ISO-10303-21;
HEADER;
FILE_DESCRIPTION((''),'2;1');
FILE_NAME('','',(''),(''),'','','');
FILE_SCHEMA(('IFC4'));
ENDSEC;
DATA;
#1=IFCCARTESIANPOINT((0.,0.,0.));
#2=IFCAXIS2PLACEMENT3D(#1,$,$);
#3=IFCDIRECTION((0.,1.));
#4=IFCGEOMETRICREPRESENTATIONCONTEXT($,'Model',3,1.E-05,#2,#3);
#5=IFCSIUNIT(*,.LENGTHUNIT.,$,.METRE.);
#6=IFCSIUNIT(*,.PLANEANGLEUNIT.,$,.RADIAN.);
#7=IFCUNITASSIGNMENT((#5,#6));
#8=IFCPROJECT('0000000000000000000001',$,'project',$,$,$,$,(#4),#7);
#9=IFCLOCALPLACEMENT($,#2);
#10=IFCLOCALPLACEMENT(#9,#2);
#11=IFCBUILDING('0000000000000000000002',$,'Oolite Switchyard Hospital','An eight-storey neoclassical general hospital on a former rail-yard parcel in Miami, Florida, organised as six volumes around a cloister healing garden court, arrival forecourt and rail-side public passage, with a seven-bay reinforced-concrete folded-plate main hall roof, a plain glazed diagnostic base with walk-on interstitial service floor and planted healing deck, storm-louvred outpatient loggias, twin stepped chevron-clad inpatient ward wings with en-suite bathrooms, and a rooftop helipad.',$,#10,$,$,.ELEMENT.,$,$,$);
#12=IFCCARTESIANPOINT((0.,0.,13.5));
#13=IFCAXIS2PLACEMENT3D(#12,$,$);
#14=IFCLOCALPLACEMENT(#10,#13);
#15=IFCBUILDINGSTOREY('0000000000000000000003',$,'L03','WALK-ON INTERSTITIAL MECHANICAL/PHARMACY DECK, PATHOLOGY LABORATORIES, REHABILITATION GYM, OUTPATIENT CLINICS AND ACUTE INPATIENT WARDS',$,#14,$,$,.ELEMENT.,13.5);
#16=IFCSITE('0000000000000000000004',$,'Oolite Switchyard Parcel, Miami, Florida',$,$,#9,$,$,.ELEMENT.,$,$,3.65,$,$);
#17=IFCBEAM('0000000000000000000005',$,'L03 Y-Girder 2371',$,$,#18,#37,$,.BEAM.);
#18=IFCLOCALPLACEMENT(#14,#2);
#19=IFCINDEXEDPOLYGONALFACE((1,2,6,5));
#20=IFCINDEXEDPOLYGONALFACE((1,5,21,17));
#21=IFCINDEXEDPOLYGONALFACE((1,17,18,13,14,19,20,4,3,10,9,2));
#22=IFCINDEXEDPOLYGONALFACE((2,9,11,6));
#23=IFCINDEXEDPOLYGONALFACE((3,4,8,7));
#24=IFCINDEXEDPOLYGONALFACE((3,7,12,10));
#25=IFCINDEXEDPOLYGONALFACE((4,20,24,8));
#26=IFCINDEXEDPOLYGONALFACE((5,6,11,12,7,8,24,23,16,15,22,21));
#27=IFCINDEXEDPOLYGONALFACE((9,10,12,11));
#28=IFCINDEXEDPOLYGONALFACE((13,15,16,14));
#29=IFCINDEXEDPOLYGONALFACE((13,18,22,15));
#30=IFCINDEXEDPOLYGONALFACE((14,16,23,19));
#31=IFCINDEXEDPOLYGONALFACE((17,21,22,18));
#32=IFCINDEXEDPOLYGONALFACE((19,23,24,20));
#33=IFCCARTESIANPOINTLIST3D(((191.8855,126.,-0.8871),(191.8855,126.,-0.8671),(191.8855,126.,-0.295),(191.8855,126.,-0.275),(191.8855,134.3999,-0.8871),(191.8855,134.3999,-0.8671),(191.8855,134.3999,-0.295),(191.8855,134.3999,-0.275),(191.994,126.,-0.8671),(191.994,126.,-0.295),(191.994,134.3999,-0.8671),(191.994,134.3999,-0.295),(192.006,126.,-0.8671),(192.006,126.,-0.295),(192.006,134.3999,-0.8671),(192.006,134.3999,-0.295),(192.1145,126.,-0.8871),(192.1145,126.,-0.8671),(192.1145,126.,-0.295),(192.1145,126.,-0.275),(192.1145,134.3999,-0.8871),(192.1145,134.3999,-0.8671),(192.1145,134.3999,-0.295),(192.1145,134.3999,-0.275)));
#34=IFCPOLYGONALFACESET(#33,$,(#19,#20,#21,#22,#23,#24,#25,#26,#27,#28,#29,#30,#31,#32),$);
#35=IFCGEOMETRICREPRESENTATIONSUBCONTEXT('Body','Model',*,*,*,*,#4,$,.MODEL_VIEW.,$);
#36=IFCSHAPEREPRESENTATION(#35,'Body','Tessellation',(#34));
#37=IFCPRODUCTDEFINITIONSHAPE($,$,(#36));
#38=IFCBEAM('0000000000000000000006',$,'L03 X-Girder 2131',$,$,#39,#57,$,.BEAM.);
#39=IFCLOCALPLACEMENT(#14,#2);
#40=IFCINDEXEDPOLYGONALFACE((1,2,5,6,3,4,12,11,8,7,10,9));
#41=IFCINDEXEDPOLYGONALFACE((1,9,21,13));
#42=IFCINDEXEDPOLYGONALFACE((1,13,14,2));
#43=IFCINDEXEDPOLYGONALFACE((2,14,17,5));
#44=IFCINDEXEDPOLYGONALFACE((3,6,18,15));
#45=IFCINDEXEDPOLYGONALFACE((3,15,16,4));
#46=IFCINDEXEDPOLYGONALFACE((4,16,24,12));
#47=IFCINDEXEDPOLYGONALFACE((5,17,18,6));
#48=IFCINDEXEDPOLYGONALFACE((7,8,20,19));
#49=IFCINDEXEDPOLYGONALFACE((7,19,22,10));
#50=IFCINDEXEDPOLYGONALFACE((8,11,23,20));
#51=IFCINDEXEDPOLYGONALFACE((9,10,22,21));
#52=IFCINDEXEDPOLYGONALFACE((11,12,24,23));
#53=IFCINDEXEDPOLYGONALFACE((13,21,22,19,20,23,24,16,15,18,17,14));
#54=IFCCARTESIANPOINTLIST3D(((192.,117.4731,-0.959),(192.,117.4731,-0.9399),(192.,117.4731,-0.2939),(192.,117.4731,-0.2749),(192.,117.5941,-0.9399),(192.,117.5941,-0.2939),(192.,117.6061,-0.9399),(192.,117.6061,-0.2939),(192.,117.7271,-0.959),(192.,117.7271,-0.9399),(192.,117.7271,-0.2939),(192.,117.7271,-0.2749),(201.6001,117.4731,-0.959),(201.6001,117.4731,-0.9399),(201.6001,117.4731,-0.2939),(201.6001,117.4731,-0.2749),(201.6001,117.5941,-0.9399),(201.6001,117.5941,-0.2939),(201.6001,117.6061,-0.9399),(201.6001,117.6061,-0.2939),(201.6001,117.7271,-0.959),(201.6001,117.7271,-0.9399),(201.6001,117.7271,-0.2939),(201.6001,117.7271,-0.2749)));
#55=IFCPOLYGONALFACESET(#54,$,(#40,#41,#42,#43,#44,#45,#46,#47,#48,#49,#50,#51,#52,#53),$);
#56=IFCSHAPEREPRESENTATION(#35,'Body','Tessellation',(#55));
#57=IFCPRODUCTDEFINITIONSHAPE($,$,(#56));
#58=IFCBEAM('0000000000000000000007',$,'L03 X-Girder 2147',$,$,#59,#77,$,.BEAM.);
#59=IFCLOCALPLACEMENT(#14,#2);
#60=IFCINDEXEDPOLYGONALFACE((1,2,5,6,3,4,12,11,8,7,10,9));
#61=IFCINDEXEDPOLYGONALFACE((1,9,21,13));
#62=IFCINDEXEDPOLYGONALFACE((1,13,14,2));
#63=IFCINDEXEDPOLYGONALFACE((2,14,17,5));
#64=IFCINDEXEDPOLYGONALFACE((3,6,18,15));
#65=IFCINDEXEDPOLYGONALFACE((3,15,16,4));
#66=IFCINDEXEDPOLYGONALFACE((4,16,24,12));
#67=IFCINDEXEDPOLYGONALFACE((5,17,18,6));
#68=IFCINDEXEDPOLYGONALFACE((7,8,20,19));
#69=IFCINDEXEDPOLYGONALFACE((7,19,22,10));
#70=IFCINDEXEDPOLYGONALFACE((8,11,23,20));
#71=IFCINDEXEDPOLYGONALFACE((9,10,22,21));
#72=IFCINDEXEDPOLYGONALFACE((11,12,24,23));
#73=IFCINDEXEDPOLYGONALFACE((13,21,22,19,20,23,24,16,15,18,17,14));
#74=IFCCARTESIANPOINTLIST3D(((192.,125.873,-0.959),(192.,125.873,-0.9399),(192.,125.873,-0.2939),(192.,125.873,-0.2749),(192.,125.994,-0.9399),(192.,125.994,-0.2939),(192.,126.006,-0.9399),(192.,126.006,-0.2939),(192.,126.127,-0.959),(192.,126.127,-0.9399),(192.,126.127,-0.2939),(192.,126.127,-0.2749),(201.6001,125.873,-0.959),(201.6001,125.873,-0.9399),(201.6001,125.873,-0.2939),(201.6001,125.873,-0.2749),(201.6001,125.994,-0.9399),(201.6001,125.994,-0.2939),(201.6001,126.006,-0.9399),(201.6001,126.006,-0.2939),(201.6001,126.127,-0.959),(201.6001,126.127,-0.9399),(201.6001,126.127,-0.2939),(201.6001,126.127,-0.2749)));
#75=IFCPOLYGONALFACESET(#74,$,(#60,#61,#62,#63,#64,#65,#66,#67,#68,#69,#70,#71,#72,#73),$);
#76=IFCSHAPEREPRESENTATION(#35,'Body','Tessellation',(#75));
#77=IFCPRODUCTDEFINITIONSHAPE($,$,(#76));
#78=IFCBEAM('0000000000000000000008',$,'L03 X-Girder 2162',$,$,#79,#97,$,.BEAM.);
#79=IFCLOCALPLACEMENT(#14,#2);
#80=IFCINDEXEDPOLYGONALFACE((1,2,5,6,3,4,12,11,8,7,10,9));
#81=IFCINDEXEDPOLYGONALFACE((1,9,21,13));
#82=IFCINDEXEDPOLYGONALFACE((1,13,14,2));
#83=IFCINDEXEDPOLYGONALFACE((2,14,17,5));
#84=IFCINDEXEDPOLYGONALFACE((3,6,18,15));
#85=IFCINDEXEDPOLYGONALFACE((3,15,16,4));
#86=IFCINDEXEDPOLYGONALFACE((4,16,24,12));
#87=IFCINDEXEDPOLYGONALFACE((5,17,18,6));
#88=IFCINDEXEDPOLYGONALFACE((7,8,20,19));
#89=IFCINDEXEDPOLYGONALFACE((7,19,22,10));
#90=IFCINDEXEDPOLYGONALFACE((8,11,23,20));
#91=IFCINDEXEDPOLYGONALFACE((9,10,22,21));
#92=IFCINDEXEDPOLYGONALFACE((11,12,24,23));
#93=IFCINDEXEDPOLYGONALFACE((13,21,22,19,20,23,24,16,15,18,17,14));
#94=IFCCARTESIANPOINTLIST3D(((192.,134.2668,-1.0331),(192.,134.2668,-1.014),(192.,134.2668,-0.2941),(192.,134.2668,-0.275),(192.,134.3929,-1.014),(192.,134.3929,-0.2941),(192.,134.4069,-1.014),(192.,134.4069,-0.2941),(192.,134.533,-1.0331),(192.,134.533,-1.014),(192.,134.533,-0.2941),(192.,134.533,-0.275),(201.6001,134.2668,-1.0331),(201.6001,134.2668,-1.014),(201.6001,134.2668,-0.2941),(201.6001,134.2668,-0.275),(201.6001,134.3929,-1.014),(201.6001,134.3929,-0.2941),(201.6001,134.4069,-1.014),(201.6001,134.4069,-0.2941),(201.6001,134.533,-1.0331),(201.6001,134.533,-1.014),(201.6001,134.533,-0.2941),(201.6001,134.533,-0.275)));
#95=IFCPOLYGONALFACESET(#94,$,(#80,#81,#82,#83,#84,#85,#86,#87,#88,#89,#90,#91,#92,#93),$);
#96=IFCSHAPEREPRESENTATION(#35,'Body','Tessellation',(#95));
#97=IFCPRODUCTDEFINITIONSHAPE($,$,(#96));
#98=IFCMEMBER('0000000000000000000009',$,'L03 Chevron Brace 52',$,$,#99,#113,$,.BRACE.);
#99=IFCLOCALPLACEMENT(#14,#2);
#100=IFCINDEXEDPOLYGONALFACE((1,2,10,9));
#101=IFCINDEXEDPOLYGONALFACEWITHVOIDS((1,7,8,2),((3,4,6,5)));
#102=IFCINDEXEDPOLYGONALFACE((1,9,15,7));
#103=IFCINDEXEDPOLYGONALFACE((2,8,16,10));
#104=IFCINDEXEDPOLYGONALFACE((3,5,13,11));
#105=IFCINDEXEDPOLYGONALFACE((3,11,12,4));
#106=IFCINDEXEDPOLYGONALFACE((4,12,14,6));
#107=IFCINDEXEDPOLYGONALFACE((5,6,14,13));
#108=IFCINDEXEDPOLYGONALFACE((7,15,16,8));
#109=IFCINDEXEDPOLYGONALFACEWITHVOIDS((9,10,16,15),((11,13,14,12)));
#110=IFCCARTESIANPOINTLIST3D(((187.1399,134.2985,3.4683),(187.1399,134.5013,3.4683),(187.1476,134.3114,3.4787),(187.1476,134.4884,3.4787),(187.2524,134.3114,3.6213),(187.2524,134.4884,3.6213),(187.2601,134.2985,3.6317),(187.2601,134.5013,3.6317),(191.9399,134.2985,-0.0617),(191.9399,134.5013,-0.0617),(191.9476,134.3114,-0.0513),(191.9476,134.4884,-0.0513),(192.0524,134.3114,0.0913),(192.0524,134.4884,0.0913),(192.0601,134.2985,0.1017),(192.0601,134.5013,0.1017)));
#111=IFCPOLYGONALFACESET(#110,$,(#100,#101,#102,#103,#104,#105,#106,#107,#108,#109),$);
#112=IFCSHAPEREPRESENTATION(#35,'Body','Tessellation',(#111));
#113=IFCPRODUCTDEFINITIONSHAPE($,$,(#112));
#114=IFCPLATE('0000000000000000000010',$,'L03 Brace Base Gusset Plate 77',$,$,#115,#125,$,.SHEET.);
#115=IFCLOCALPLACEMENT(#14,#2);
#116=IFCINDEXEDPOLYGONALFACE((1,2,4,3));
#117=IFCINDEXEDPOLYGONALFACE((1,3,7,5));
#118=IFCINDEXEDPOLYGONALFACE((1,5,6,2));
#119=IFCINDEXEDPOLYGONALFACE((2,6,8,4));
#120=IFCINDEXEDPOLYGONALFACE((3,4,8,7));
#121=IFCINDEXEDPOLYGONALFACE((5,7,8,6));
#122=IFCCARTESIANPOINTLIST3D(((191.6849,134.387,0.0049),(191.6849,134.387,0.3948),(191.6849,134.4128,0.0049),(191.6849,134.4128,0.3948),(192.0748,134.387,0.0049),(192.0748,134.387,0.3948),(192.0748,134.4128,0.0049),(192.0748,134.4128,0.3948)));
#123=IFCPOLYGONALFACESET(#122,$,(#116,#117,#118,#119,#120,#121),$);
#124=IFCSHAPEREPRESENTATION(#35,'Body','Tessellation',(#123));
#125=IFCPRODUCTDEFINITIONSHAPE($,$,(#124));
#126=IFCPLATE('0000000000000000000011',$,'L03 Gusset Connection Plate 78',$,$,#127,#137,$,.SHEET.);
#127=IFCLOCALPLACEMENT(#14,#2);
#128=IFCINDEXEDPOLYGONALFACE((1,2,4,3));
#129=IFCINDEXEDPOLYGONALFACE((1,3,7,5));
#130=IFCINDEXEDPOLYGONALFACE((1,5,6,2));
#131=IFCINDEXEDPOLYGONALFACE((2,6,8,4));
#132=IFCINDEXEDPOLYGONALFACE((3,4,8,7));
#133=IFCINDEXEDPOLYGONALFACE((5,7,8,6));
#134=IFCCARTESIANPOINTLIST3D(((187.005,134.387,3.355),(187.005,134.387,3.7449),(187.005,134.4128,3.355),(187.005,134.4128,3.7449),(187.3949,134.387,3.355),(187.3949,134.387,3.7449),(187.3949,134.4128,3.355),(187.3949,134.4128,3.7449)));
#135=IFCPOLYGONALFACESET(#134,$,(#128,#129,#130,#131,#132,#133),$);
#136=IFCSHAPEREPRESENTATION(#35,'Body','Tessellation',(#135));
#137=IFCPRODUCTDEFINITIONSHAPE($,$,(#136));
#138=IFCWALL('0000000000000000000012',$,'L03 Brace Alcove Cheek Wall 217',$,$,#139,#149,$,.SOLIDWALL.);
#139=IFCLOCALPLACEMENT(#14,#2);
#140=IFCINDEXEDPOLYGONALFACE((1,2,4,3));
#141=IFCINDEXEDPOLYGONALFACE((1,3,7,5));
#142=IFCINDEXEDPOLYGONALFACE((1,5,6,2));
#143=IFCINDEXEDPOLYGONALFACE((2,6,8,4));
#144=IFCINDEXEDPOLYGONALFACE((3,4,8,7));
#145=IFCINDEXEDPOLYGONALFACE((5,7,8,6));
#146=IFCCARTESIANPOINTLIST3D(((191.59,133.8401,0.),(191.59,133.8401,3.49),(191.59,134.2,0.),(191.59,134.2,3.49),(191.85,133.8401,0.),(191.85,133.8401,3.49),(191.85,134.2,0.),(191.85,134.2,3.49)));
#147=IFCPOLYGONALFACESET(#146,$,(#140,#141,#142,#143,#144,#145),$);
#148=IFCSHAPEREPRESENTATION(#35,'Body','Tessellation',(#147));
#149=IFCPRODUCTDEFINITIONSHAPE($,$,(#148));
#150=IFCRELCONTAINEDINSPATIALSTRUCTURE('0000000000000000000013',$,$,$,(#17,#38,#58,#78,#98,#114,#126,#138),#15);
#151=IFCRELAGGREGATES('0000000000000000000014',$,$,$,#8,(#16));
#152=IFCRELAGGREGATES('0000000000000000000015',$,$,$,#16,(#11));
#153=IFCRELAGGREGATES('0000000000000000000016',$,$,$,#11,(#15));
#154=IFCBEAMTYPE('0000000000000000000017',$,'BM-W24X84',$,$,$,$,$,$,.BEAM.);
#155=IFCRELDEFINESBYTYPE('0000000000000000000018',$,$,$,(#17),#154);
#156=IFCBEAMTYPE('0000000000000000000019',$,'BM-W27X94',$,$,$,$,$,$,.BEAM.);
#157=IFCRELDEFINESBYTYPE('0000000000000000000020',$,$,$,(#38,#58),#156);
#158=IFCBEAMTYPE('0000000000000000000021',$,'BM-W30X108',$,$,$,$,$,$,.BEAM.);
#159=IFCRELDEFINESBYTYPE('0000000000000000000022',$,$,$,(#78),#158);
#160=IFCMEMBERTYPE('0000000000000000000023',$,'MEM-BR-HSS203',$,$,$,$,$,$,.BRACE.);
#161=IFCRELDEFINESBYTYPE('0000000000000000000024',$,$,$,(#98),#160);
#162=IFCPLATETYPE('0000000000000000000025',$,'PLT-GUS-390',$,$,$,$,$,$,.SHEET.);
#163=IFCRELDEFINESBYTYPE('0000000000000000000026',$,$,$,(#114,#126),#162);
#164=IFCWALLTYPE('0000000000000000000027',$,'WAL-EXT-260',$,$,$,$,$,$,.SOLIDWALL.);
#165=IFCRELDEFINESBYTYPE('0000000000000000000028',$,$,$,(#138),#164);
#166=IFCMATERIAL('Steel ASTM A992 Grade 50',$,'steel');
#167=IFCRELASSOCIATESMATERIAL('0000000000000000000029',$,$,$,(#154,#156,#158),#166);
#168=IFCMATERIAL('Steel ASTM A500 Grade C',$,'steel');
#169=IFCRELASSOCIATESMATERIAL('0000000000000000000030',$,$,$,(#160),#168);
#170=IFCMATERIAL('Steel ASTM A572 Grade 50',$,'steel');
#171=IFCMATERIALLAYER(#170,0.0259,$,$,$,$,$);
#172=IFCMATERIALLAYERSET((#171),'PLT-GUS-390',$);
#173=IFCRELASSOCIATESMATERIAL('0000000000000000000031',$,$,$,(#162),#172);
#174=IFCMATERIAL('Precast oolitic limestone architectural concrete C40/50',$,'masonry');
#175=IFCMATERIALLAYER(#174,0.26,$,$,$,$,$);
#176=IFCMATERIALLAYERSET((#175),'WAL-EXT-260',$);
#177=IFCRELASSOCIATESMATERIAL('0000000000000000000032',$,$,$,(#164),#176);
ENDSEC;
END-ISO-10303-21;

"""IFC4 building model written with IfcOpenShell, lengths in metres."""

from ifc_helpers import new_model, si_unit, direction, frame, frame_2d, origin, origin_2d, place, context, subcontext, project, spatial, rectangle, hollow_rectangle, i_section, extrude, material, layer, layer_set, material_profile, profile_set, type_object, element, save


model = new_model("IFC4")

# Units and contexts
model_context = context("Model", 3, precision=1e-05, world=origin(), true_north=direction((0.0, 1.0)))
body_context = subcontext(model_context, "Body", "Model", "MODEL_VIEW")
ifc_project = project(units=[si_unit("LENGTHUNIT", "METRE"), si_unit("PLANEANGLEUNIT", "RADIAN")], contexts=[model_context])

# Site, building, storey
site_placement = place(None, origin())
site = spatial("IfcSite", under=ifc_project, at=site_placement, Name="Oolite Switchyard Parcel, Miami, Florida", CompositionType="ELEMENT", RefElevation=3.65)
building_placement = place(site_placement, origin())
building = spatial("IfcBuilding", under=site, at=building_placement, Name="Oolite Switchyard Hospital", Description="An eight-storey neoclassical general hospital on a former rail-yard parcel in Miami, Florida, organised as six volumes around a cloister healing garden court, arrival forecourt and rail-side public passage, with a seven-bay reinforced-concrete folded-plate main hall roof, a plain glazed diagnostic base with walk-on interstitial service floor and planted healing deck, storm-louvred outpatient loggias, twin stepped chevron-clad inpatient ward wings with en-suite bathrooms, and a rooftop helipad.", CompositionType="ELEMENT")
storey_placement = place(building_placement, frame((0.0, 0.0, 13.5)))
storey = spatial("IfcBuildingStorey", under=building, at=storey_placement, Name="L03", Description="WALK-ON INTERSTITIAL MECHANICAL/PHARMACY DECK, PATHOLOGY LABORATORIES, REHABILITATION GYM, OUTPATIENT CLINICS AND ACUTE INPATIENT WARDS", CompositionType="ELEMENT", Elevation=13.5)

# Beams
ifc_material_1 = material(Name="Steel ASTM A992 Grade 50", Category="steel")
ifc_material_profile_1 = material_profile(ifc_material_1, i_section(OverallWidth=0.229, OverallDepth=0.6121, WebThickness=0.012, FlangeThickness=0.02, at=origin_2d()), Name="W24X84")
ifc_profile_set_1 = profile_set([ifc_material_profile_1], Name="Steel ASTM A992 Grade 50")
beam_type_1 = type_object("IfcBeamType", Name="BM-W24X84", PredefinedType="BEAM", material=ifc_profile_set_1)
for number, where, z_axis, x_axis, name in (
    (1, (192.0, 126.0, -0.5811), (0.0, 1.0, 0.0), (-1.0, 0.0, 0.0), "L03 Y-Girder 2371"),
):
    element("IfcBeam", number, at=place(storey_placement, frame(where, z_axis=z_axis, x_axis=x_axis)), inside=storey, type_object=beam_type_1, Name=name, PredefinedType="BEAM", context=body_context, shape_type="SweptSolid", body=[
        extrude(i_section(OverallWidth=0.229, OverallDepth=0.6121, WebThickness=0.012, FlangeThickness=0.02, at=origin_2d()), origin(), (0.0, 0.0, 1.0), 8.3999),
    ])
ifc_material_profile_2 = material_profile(ifc_material_1, i_section(OverallWidth=0.2539, OverallDepth=0.6841, WebThickness=0.012, FlangeThickness=0.019, at=origin_2d()), Name="W27X94")
ifc_profile_set_2 = profile_set([ifc_material_profile_2], Name="Steel ASTM A992 Grade 50")
beam_type_2 = type_object("IfcBeamType", Name="BM-W27X94", PredefinedType="BEAM", material=ifc_profile_set_2)
for number, where, z_axis, x_axis, name in (
    (2, (192.0, 117.6001, -0.6169), (1.0, 0.0, 0.0), (0.0, 1.0, 0.0), "L03 X-Girder 2131"),
    (3, (192.0, 126.0, -0.6169), (1.0, 0.0, 0.0), (0.0, 1.0, 0.0), "L03 X-Girder 2147"),
):
    element("IfcBeam", number, at=place(storey_placement, frame(where, z_axis=z_axis, x_axis=x_axis)), inside=storey, type_object=beam_type_2, Name=name, PredefinedType="BEAM", context=body_context, shape_type="SweptSolid", body=[
        extrude(i_section(OverallWidth=0.2539, OverallDepth=0.6841, WebThickness=0.012, FlangeThickness=0.019, at=origin_2d()), origin(), (0.0, 0.0, 1.0), 9.6001),
    ])
ifc_material_profile_3 = material_profile(ifc_material_1, i_section(OverallWidth=0.2661, OverallDepth=0.7581, WebThickness=0.0139, FlangeThickness=0.019, at=origin_2d()), Name="W30X108")
ifc_profile_set_3 = profile_set([ifc_material_profile_3], Name="Steel ASTM A992 Grade 50")
beam_type_3 = type_object("IfcBeamType", Name="BM-W30X108", PredefinedType="BEAM", material=ifc_profile_set_3)
beam_1_placement = place(storey_placement, frame((192.0, 134.3999, -0.6541), z_axis=(1.0, 0.0, 0.0), x_axis=(0.0, 1.0, 0.0)))
element("IfcBeam", 4, at=beam_1_placement, inside=storey, type_object=beam_type_3, Name="L03 X-Girder 2162", PredefinedType="BEAM", context=body_context, shape_type="SweptSolid", body=[
    extrude(i_section(OverallWidth=0.2661, OverallDepth=0.7581, WebThickness=0.0139, FlangeThickness=0.019, at=origin_2d()), origin(), (0.0, 0.0, 1.0), 9.6001),
])

# Member
ifc_material_2 = material(Name="Steel ASTM A500 Grade C", Category="steel")
ifc_material_profile_4 = material_profile(ifc_material_2, hollow_rectangle(XDim=0.2029, YDim=0.2029, WallThickness=0.0129, at=origin_2d()), Name="HSS203X203X13")
ifc_profile_set_4 = profile_set([ifc_material_profile_4], Name="Steel ASTM A500 Grade C")
member_type = type_object("IfcMemberType", Name="MEM-BR-HSS203", PredefinedType="BRACE", material=ifc_profile_set_4)
member_placement = place(storey_placement, frame((192.0, 134.3999, 0.02), z_axis=(-0.805604, 0.0, 0.592454), x_axis=(0.0, -1.0, 0.0)))
element("IfcMember", 5, at=member_placement, inside=storey, type_object=member_type, Name="L03 Chevron Brace 52", PredefinedType="BRACE", context=body_context, shape_type="SweptSolid", body=[
    extrude(hollow_rectangle(XDim=0.2029, YDim=0.2029, WallThickness=0.0129, at=origin_2d()), origin(), (0.0, 0.0, 1.0), 5.9583),
])

# Plates
ifc_material_3 = material(Name="Steel ASTM A572 Grade 50", Category="steel")
ifc_layer_1 = layer(ifc_material_3, 0.0259)
ifc_layer_set_1 = layer_set([ifc_layer_1], Name="PLT-GUS-390")
plate_type = type_object("IfcPlateType", Name="PLT-GUS-390", PredefinedType="SHEET", material=ifc_layer_set_1)
for number, where, z_axis, x_axis, name in (
    (6, (191.8799, 134.3999, 0.0049), (0.0, 0.0, 1.0), (1.0, 0.0, 0.0), "L03 Brace Base Gusset Plate 77"),
    (7, (187.2, 134.3999, 3.355), (0.0, 0.0, 1.0), (1.0, 0.0, 0.0), "L03 Gusset Connection Plate 78"),
):
    element("IfcPlate", number, at=place(storey_placement, frame(where, z_axis=z_axis, x_axis=x_axis)), inside=storey, type_object=plate_type, Name=name, PredefinedType="SHEET", context=body_context, shape_type="SweptSolid", body=[
        extrude(rectangle(XDim=0.3899, YDim=0.0259, at=origin_2d()), origin(), (0.0, 0.0, 1.0), 0.3899),
    ])

# Wall
ifc_material_4 = material(Name="Precast oolitic limestone architectural concrete C40/50", Category="masonry")
ifc_layer_2 = layer(ifc_material_4, 0.26)
ifc_layer_set_2 = layer_set([ifc_layer_2], Name="WAL-EXT-260")
wall_type_1 = type_object("IfcWallType", Name="WAL-EXT-260", PredefinedType="SOLIDWALL", material=ifc_layer_set_2)
wall_1_placement = place(storey_placement, frame((191.72, 134.2, 0.0), z_axis=(0.0, 0.0, 1.0), x_axis=(0.0, -1.0, 0.0)))
element("IfcWall", 8, at=wall_1_placement, inside=storey, type_object=wall_type_1, Name="L03 Brace Alcove Cheek Wall 217", PredefinedType="SOLIDWALL", context=body_context, shape_type="SweptSolid", body=[
    extrude(rectangle(XDim=0.3599, YDim=0.26, at=frame_2d((0.1799, 0.0))), origin(), (0.0, 0.0, 1.0), 3.49),
])

save(model, "model.ifc")
